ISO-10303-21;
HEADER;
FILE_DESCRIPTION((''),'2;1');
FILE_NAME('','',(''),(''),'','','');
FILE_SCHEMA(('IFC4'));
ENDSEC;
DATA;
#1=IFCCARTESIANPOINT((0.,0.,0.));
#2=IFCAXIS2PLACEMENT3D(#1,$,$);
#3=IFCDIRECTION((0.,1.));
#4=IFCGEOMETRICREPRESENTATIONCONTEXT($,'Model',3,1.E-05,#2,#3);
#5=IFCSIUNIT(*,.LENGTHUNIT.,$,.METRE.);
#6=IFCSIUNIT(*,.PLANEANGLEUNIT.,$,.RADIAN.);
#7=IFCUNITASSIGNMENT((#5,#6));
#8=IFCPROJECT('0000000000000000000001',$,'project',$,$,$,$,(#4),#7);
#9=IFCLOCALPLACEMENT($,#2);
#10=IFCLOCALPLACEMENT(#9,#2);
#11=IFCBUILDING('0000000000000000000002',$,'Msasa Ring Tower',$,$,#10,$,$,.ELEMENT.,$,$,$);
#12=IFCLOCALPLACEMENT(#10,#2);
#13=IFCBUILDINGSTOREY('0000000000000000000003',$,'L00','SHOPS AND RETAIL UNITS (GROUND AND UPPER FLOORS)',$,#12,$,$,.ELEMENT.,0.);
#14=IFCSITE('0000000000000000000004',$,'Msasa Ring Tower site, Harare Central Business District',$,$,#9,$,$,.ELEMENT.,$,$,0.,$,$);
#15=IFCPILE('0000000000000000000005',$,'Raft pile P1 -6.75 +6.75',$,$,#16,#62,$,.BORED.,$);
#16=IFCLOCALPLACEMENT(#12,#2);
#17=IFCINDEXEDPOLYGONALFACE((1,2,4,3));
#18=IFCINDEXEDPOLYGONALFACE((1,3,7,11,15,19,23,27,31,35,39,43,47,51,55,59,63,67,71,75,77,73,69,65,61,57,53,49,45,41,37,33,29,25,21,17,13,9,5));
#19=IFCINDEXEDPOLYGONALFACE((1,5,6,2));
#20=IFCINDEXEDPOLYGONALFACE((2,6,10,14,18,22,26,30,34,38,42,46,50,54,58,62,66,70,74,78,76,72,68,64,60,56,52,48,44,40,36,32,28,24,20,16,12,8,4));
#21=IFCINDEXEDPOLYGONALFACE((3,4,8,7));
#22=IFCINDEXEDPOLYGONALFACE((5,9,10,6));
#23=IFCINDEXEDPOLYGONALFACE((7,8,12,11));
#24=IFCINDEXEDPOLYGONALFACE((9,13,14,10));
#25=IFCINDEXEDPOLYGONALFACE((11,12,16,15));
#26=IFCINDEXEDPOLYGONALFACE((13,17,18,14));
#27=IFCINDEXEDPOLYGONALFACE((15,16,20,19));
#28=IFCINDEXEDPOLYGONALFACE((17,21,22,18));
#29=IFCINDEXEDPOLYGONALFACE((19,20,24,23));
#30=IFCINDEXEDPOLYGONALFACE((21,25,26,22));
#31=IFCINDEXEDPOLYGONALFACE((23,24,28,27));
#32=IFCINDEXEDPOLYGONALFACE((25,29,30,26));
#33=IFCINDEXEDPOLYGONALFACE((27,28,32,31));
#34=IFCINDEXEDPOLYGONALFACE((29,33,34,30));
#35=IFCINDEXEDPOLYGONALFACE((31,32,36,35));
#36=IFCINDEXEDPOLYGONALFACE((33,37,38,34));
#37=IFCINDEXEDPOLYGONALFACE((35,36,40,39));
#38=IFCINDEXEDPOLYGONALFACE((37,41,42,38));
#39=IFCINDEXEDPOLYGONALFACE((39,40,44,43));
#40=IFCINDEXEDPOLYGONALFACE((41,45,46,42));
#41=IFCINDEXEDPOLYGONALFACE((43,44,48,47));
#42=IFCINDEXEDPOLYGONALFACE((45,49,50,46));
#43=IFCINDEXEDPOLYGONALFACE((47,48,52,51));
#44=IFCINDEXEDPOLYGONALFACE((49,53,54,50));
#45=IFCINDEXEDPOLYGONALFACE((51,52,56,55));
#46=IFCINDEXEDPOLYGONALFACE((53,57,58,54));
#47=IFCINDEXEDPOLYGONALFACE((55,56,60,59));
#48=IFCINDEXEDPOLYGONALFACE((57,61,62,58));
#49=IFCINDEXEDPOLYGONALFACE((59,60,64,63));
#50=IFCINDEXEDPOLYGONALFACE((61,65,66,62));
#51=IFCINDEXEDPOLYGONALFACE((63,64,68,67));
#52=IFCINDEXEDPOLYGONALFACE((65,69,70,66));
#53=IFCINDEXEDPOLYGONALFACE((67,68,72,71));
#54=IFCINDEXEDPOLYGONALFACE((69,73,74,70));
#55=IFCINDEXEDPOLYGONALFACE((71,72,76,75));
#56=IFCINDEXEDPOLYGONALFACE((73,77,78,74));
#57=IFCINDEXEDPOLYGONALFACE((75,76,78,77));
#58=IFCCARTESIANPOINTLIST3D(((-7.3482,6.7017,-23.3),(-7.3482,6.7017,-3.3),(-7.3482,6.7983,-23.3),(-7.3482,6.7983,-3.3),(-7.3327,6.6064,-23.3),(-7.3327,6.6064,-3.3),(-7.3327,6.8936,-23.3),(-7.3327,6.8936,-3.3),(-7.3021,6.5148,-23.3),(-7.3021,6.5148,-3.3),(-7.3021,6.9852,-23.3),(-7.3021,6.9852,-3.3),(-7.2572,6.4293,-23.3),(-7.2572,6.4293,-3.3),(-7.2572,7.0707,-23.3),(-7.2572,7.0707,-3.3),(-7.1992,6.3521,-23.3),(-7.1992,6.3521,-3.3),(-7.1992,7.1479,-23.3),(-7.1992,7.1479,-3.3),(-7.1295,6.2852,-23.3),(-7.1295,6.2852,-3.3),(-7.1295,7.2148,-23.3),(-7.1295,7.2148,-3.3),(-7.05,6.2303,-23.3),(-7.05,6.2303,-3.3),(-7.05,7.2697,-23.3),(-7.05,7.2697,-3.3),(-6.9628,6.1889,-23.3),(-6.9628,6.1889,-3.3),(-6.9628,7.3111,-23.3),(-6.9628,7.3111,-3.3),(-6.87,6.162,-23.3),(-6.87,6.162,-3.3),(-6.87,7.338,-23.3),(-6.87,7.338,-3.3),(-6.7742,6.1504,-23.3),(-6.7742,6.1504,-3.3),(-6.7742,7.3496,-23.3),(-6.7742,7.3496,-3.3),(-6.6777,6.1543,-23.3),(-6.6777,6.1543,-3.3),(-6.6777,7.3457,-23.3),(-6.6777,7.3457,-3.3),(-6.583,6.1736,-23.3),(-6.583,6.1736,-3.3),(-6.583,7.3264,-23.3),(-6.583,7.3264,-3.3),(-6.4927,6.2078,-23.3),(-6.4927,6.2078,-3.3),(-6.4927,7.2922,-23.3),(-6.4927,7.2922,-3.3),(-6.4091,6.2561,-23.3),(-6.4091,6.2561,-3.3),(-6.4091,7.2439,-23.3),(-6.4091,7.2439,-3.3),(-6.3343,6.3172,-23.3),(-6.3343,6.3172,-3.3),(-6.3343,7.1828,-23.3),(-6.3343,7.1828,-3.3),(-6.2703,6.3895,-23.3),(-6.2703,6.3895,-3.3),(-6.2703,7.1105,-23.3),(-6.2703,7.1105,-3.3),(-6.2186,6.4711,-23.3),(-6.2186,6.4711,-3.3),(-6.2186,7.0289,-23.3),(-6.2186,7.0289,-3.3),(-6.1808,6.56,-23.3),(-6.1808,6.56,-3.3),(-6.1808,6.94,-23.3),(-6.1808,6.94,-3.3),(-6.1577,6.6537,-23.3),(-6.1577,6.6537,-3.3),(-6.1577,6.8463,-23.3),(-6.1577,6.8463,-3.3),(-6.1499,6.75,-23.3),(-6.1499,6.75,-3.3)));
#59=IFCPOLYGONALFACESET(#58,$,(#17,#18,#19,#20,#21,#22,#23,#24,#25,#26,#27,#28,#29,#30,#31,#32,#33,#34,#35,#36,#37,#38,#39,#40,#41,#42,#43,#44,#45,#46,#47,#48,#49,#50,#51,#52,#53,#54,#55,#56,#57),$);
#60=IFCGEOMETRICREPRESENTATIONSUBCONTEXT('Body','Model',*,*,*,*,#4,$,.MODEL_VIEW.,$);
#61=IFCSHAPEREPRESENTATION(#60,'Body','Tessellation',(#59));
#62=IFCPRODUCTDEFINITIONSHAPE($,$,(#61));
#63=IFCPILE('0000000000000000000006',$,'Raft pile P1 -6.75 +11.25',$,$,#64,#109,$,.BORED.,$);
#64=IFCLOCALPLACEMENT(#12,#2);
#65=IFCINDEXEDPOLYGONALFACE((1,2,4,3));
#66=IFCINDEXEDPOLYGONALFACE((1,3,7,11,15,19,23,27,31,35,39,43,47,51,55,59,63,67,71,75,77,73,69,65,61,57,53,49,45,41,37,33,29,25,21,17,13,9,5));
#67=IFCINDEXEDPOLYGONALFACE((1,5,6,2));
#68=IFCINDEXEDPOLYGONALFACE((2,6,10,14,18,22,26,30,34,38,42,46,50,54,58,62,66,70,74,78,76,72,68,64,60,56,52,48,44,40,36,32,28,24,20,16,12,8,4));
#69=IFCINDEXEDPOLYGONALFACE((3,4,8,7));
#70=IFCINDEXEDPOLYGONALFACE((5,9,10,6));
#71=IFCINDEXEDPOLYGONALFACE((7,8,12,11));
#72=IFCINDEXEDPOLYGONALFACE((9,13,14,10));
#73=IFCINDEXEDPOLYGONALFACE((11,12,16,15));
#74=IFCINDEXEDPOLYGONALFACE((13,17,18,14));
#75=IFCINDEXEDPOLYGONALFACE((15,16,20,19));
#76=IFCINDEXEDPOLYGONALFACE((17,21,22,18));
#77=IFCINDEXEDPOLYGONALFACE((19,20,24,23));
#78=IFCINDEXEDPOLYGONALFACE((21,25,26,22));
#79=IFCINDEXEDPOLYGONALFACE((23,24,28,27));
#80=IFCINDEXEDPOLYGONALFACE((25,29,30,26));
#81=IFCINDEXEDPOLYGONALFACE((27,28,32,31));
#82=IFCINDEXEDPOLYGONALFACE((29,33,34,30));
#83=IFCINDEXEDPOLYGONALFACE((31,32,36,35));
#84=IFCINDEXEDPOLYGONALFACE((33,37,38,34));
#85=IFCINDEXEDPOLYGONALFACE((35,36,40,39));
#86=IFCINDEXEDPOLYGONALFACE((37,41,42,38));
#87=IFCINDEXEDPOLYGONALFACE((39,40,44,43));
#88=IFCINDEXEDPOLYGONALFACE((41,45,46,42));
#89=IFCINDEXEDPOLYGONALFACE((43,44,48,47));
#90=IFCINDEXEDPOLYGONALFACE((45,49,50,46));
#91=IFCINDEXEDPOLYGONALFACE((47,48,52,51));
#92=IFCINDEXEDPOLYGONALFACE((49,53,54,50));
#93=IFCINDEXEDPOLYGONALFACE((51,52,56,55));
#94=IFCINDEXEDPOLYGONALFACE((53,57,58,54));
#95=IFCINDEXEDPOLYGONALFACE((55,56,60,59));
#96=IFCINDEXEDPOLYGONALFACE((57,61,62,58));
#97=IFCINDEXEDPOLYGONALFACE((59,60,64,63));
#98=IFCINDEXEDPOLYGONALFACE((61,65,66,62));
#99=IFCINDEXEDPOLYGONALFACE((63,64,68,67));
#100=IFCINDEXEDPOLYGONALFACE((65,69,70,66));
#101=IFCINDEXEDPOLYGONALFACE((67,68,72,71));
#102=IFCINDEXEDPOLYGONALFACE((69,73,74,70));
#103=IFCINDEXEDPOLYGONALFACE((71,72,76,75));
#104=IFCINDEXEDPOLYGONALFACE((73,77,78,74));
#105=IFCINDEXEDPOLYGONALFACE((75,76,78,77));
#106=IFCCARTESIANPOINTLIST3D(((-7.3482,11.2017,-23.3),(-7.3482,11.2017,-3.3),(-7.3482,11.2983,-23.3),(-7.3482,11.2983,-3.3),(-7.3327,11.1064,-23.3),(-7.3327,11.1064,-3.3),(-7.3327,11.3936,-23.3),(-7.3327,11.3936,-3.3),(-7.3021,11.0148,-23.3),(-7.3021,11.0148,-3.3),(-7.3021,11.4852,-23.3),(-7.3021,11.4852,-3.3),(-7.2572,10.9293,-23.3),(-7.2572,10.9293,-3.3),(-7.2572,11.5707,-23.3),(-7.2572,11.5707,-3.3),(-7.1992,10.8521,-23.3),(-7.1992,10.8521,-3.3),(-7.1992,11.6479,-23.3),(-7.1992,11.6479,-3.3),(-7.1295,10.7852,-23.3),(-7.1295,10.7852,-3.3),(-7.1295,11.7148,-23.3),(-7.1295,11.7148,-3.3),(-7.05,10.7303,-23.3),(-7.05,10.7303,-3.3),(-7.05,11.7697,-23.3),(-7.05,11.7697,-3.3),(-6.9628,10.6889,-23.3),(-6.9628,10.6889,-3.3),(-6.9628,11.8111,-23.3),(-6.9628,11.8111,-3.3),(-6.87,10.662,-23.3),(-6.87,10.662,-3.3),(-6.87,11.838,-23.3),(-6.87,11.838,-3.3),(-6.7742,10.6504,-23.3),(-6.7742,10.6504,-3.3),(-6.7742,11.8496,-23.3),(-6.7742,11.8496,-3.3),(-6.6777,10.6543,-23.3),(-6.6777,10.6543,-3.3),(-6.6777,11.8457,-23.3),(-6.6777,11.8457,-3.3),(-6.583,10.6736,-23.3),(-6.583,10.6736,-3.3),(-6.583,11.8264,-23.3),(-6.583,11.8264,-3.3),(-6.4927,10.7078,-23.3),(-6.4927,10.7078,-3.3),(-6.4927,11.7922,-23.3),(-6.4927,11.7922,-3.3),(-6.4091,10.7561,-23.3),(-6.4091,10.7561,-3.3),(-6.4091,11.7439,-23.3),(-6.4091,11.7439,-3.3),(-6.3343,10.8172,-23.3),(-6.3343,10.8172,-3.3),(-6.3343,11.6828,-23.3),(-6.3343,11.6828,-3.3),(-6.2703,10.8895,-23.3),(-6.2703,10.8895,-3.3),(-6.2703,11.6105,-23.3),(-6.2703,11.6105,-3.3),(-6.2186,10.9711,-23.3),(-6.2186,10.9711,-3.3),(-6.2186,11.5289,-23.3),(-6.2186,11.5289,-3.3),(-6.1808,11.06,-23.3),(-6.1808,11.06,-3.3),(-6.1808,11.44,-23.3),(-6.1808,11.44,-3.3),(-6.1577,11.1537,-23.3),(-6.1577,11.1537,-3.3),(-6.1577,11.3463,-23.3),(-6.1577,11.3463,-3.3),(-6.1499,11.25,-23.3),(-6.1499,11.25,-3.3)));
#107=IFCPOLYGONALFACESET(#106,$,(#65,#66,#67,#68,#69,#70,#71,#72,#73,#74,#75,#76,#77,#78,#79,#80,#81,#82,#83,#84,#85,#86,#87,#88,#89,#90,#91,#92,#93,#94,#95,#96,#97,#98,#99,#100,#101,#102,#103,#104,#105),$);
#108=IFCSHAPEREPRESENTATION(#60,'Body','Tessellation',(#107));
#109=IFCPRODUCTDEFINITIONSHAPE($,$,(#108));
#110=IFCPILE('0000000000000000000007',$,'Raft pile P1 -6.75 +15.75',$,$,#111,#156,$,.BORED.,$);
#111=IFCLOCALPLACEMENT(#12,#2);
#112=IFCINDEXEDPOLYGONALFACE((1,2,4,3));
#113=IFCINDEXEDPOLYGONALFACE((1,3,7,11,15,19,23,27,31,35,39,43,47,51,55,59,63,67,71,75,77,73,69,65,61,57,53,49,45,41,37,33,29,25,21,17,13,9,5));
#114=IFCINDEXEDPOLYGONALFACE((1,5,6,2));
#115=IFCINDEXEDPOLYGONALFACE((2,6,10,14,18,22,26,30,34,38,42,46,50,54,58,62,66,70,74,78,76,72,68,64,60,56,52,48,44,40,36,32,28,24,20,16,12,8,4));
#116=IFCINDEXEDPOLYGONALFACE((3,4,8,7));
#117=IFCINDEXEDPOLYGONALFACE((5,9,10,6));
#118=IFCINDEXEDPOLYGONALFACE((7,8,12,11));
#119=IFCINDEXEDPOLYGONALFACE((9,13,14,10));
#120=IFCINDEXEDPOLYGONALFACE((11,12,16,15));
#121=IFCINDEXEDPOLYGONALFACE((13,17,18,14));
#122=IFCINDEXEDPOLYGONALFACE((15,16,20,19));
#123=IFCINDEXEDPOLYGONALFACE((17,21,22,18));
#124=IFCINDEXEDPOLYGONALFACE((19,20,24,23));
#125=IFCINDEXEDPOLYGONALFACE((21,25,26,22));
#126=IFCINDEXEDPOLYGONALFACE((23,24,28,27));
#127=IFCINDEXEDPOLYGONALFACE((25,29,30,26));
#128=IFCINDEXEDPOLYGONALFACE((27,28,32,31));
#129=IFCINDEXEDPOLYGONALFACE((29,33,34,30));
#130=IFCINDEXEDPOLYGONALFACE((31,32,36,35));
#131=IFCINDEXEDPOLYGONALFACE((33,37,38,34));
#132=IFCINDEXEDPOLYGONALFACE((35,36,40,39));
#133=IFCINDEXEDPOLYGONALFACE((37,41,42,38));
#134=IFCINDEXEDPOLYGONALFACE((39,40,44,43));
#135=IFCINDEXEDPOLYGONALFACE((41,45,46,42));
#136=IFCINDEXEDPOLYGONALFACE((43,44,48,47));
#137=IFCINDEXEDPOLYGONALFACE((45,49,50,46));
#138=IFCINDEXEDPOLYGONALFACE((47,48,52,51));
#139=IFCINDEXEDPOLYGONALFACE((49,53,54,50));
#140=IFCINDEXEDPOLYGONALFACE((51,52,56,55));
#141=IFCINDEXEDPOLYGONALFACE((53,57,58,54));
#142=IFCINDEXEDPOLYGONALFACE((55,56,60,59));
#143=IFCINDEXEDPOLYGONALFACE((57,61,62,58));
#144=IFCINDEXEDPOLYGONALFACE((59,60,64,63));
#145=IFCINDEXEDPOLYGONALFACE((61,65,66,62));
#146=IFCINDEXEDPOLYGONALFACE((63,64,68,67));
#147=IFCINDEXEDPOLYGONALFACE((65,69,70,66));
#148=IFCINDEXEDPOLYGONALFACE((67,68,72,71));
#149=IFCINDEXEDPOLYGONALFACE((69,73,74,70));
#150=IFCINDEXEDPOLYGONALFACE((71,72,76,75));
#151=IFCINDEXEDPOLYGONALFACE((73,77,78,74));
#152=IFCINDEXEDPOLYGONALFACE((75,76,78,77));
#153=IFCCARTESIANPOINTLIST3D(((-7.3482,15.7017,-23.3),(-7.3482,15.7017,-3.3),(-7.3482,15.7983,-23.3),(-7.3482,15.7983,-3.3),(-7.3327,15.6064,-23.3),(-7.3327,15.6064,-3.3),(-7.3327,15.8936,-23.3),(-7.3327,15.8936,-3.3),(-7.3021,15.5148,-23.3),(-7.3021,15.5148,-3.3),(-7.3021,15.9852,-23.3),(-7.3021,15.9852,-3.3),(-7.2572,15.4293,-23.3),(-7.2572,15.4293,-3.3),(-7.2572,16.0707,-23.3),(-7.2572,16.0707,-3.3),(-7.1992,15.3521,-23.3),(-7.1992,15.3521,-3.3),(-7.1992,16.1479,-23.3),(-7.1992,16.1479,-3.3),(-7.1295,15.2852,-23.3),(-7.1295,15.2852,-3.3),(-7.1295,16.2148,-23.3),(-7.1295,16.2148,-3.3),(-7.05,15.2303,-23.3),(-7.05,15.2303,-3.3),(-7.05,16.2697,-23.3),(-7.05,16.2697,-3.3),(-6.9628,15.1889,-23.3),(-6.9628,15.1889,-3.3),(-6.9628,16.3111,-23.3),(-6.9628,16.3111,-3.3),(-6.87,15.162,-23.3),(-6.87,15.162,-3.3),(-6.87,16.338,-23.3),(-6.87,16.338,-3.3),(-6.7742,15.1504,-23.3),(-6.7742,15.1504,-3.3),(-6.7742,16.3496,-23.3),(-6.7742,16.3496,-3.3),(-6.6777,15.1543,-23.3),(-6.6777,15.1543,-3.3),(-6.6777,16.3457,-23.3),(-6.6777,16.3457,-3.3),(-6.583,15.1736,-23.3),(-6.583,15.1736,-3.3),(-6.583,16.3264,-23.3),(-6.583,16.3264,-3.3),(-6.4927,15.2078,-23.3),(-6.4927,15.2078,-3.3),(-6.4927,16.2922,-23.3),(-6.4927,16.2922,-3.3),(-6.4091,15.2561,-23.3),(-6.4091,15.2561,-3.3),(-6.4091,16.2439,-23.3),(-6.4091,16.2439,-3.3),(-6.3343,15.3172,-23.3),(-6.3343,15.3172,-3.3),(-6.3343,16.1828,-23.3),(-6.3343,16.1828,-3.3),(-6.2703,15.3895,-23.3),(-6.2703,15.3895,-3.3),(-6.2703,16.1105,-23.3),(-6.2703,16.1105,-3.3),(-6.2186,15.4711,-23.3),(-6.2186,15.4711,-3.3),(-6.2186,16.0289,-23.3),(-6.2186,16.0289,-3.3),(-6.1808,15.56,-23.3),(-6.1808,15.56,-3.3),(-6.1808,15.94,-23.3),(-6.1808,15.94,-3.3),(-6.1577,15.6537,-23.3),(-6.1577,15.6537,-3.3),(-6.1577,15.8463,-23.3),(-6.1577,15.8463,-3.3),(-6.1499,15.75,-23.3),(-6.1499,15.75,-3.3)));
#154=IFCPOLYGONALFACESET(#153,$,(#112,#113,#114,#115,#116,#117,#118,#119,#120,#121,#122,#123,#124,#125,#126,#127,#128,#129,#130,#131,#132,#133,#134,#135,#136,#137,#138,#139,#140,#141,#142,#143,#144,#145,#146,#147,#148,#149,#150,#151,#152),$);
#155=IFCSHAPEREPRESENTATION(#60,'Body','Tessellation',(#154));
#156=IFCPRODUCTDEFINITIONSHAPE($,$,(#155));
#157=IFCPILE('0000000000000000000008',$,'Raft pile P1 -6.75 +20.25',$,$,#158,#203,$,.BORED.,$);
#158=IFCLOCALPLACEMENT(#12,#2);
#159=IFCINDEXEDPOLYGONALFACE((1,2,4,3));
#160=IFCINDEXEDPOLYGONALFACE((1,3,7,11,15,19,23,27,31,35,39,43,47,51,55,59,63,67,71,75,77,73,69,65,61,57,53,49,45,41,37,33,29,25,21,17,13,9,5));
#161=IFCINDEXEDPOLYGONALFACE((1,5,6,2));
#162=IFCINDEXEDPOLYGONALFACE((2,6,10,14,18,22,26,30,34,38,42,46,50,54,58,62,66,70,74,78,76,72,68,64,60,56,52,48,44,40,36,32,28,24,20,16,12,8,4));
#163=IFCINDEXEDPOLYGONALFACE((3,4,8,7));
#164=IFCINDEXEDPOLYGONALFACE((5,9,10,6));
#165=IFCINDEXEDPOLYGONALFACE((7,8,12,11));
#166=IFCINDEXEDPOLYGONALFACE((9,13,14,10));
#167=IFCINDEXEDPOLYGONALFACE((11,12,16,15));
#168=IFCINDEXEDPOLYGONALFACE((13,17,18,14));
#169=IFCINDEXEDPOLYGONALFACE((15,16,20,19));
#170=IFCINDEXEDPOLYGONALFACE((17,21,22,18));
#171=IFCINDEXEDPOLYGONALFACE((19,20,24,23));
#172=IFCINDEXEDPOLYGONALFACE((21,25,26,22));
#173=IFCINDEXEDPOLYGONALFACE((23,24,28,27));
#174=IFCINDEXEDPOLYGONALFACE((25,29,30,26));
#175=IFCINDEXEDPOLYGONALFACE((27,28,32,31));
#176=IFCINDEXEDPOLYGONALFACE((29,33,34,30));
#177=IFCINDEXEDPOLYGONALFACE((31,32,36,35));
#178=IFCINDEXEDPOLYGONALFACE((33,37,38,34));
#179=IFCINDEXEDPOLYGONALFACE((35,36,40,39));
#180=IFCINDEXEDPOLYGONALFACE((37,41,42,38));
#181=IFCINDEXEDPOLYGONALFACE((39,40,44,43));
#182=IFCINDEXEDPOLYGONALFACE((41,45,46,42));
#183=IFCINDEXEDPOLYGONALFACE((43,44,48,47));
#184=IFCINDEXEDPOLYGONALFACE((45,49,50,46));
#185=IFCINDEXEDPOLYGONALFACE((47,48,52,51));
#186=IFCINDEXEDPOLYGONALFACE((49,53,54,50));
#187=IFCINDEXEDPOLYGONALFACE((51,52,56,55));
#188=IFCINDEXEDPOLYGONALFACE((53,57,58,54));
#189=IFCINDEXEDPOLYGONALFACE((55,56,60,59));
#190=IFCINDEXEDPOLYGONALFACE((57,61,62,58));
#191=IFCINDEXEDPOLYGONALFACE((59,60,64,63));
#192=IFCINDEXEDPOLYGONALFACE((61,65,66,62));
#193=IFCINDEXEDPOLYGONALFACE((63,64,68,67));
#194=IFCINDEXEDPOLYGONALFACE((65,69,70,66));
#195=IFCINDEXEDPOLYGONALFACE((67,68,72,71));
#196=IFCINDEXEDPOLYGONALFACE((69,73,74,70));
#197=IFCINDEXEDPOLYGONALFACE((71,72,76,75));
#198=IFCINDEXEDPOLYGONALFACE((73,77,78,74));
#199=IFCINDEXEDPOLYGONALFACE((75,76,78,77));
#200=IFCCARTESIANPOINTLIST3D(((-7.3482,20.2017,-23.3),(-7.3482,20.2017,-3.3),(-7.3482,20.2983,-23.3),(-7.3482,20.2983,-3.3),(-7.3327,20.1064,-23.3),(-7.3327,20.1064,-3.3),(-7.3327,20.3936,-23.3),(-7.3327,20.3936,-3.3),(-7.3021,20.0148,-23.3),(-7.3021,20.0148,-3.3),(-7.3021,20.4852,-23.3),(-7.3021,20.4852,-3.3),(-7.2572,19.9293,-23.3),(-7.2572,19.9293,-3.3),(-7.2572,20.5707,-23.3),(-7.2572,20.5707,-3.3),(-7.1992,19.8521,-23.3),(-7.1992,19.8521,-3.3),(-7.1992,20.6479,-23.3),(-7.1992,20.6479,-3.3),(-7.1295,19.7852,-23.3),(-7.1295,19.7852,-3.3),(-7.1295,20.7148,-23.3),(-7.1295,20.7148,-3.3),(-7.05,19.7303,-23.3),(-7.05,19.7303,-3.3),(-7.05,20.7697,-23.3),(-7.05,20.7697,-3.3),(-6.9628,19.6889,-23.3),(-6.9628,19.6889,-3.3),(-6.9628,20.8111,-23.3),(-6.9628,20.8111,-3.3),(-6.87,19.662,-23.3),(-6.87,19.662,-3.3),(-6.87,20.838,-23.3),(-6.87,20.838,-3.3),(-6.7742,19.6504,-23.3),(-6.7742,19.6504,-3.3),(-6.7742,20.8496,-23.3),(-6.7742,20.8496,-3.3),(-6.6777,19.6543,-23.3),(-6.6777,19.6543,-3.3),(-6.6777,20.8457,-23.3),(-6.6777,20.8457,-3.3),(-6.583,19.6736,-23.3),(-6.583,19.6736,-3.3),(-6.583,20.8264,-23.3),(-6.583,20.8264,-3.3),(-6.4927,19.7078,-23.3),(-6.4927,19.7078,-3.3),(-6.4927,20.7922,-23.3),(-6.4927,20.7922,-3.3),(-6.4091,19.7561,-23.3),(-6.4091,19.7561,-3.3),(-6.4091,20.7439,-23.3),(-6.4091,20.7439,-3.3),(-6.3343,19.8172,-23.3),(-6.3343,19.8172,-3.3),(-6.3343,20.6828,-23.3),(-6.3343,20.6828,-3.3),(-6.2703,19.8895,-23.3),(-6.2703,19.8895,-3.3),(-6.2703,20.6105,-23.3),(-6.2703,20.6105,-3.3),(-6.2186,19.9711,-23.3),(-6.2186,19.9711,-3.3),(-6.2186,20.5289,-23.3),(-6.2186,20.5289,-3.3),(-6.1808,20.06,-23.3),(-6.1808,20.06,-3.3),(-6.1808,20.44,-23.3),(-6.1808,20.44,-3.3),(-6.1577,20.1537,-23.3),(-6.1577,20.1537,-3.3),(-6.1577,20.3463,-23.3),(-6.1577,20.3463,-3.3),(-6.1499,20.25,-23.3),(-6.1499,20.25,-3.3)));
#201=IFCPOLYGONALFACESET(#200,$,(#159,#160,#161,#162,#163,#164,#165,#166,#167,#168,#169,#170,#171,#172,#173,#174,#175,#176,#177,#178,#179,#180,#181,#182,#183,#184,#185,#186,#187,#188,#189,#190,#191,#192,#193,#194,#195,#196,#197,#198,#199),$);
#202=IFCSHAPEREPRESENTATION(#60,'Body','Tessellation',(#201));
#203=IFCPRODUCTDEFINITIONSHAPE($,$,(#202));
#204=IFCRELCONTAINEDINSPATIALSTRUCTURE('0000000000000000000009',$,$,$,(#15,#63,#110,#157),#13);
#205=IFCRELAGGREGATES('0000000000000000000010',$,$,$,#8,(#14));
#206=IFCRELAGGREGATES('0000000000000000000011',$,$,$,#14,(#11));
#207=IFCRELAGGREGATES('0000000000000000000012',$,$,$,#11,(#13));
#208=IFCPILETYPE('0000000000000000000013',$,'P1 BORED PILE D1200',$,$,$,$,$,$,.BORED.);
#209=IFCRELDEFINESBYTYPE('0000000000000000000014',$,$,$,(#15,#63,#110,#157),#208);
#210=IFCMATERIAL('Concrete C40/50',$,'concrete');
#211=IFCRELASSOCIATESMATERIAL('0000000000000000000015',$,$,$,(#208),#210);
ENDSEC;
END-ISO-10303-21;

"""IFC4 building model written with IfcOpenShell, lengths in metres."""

from ifc_helpers import new_model, si_unit, direction, frame, origin, origin_2d, place, context, subcontext, project, spatial, circle, extrude, material, material_profile, profile_set, type_object, element, save


model = new_model("IFC4")

# Units and contexts
model_context = context("Model", 3, precision=1e-05, world=origin(), true_north=direction((0.0, 1.0)))
body_context = subcontext(model_context, "Body", "Model", "MODEL_VIEW")
ifc_project = project(units=[si_unit("LENGTHUNIT", "METRE"), si_unit("PLANEANGLEUNIT", "RADIAN")], contexts=[model_context])

# Site, building, storey
site_placement = place(None, origin())
site = spatial("IfcSite", under=ifc_project, at=site_placement, Name="Msasa Ring Tower site, Harare Central Business District", CompositionType="ELEMENT", RefElevation=0.0)
building_placement = place(site_placement, origin())
building = spatial("IfcBuilding", under=site, at=building_placement, Name="Msasa Ring Tower", CompositionType="ELEMENT")
storey_placement = place(building_placement, origin())
storey = spatial("IfcBuildingStorey", under=building, at=storey_placement, Name="L00", Description="SHOPS AND RETAIL UNITS (GROUND AND UPPER FLOORS)", CompositionType="ELEMENT", Elevation=0.0)

# Piles
ifc_material_1 = material(Name="Concrete C40/50", Category="concrete")
ifc_material_profile_1 = material_profile(ifc_material_1, circle(Radius=0.6001, at=origin_2d()), Name="D1200")
ifc_profile_set_1 = profile_set([ifc_material_profile_1], Name="Concrete C40/50")
pile_type = type_object("IfcPileType", Name="P1 BORED PILE D1200", PredefinedType="BORED", material=ifc_profile_set_1)
for number, where, z_axis, x_axis, name in (
    (1, (-6.75, 6.75, -3.3), (0.0, 0.0, -1.0), (1.0, 0.0, 0.0), "Raft pile P1 -6.75 +6.75"),
    (2, (-6.75, 11.25, -3.3), (0.0, 0.0, -1.0), (1.0, 0.0, 0.0), "Raft pile P1 -6.75 +11.25"),
    (3, (-6.75, 15.75, -3.3), (0.0, 0.0, -1.0), (1.0, 0.0, 0.0), "Raft pile P1 -6.75 +15.75"),
    (4, (-6.75, 20.25, -3.3), (0.0, 0.0, -1.0), (1.0, 0.0, 0.0), "Raft pile P1 -6.75 +20.25"),
):
    element("IfcPile", number, at=place(storey_placement, frame(where, z_axis=z_axis, x_axis=x_axis)), inside=storey, type_object=pile_type, Name=name, PredefinedType="BORED", context=body_context, shape_type="SweptSolid", body=[
        extrude(circle(Radius=0.6001, at=origin_2d()), origin(), (0.0, 0.0, 1.0), 20.0),
    ])

save(model, "model.ifc")
